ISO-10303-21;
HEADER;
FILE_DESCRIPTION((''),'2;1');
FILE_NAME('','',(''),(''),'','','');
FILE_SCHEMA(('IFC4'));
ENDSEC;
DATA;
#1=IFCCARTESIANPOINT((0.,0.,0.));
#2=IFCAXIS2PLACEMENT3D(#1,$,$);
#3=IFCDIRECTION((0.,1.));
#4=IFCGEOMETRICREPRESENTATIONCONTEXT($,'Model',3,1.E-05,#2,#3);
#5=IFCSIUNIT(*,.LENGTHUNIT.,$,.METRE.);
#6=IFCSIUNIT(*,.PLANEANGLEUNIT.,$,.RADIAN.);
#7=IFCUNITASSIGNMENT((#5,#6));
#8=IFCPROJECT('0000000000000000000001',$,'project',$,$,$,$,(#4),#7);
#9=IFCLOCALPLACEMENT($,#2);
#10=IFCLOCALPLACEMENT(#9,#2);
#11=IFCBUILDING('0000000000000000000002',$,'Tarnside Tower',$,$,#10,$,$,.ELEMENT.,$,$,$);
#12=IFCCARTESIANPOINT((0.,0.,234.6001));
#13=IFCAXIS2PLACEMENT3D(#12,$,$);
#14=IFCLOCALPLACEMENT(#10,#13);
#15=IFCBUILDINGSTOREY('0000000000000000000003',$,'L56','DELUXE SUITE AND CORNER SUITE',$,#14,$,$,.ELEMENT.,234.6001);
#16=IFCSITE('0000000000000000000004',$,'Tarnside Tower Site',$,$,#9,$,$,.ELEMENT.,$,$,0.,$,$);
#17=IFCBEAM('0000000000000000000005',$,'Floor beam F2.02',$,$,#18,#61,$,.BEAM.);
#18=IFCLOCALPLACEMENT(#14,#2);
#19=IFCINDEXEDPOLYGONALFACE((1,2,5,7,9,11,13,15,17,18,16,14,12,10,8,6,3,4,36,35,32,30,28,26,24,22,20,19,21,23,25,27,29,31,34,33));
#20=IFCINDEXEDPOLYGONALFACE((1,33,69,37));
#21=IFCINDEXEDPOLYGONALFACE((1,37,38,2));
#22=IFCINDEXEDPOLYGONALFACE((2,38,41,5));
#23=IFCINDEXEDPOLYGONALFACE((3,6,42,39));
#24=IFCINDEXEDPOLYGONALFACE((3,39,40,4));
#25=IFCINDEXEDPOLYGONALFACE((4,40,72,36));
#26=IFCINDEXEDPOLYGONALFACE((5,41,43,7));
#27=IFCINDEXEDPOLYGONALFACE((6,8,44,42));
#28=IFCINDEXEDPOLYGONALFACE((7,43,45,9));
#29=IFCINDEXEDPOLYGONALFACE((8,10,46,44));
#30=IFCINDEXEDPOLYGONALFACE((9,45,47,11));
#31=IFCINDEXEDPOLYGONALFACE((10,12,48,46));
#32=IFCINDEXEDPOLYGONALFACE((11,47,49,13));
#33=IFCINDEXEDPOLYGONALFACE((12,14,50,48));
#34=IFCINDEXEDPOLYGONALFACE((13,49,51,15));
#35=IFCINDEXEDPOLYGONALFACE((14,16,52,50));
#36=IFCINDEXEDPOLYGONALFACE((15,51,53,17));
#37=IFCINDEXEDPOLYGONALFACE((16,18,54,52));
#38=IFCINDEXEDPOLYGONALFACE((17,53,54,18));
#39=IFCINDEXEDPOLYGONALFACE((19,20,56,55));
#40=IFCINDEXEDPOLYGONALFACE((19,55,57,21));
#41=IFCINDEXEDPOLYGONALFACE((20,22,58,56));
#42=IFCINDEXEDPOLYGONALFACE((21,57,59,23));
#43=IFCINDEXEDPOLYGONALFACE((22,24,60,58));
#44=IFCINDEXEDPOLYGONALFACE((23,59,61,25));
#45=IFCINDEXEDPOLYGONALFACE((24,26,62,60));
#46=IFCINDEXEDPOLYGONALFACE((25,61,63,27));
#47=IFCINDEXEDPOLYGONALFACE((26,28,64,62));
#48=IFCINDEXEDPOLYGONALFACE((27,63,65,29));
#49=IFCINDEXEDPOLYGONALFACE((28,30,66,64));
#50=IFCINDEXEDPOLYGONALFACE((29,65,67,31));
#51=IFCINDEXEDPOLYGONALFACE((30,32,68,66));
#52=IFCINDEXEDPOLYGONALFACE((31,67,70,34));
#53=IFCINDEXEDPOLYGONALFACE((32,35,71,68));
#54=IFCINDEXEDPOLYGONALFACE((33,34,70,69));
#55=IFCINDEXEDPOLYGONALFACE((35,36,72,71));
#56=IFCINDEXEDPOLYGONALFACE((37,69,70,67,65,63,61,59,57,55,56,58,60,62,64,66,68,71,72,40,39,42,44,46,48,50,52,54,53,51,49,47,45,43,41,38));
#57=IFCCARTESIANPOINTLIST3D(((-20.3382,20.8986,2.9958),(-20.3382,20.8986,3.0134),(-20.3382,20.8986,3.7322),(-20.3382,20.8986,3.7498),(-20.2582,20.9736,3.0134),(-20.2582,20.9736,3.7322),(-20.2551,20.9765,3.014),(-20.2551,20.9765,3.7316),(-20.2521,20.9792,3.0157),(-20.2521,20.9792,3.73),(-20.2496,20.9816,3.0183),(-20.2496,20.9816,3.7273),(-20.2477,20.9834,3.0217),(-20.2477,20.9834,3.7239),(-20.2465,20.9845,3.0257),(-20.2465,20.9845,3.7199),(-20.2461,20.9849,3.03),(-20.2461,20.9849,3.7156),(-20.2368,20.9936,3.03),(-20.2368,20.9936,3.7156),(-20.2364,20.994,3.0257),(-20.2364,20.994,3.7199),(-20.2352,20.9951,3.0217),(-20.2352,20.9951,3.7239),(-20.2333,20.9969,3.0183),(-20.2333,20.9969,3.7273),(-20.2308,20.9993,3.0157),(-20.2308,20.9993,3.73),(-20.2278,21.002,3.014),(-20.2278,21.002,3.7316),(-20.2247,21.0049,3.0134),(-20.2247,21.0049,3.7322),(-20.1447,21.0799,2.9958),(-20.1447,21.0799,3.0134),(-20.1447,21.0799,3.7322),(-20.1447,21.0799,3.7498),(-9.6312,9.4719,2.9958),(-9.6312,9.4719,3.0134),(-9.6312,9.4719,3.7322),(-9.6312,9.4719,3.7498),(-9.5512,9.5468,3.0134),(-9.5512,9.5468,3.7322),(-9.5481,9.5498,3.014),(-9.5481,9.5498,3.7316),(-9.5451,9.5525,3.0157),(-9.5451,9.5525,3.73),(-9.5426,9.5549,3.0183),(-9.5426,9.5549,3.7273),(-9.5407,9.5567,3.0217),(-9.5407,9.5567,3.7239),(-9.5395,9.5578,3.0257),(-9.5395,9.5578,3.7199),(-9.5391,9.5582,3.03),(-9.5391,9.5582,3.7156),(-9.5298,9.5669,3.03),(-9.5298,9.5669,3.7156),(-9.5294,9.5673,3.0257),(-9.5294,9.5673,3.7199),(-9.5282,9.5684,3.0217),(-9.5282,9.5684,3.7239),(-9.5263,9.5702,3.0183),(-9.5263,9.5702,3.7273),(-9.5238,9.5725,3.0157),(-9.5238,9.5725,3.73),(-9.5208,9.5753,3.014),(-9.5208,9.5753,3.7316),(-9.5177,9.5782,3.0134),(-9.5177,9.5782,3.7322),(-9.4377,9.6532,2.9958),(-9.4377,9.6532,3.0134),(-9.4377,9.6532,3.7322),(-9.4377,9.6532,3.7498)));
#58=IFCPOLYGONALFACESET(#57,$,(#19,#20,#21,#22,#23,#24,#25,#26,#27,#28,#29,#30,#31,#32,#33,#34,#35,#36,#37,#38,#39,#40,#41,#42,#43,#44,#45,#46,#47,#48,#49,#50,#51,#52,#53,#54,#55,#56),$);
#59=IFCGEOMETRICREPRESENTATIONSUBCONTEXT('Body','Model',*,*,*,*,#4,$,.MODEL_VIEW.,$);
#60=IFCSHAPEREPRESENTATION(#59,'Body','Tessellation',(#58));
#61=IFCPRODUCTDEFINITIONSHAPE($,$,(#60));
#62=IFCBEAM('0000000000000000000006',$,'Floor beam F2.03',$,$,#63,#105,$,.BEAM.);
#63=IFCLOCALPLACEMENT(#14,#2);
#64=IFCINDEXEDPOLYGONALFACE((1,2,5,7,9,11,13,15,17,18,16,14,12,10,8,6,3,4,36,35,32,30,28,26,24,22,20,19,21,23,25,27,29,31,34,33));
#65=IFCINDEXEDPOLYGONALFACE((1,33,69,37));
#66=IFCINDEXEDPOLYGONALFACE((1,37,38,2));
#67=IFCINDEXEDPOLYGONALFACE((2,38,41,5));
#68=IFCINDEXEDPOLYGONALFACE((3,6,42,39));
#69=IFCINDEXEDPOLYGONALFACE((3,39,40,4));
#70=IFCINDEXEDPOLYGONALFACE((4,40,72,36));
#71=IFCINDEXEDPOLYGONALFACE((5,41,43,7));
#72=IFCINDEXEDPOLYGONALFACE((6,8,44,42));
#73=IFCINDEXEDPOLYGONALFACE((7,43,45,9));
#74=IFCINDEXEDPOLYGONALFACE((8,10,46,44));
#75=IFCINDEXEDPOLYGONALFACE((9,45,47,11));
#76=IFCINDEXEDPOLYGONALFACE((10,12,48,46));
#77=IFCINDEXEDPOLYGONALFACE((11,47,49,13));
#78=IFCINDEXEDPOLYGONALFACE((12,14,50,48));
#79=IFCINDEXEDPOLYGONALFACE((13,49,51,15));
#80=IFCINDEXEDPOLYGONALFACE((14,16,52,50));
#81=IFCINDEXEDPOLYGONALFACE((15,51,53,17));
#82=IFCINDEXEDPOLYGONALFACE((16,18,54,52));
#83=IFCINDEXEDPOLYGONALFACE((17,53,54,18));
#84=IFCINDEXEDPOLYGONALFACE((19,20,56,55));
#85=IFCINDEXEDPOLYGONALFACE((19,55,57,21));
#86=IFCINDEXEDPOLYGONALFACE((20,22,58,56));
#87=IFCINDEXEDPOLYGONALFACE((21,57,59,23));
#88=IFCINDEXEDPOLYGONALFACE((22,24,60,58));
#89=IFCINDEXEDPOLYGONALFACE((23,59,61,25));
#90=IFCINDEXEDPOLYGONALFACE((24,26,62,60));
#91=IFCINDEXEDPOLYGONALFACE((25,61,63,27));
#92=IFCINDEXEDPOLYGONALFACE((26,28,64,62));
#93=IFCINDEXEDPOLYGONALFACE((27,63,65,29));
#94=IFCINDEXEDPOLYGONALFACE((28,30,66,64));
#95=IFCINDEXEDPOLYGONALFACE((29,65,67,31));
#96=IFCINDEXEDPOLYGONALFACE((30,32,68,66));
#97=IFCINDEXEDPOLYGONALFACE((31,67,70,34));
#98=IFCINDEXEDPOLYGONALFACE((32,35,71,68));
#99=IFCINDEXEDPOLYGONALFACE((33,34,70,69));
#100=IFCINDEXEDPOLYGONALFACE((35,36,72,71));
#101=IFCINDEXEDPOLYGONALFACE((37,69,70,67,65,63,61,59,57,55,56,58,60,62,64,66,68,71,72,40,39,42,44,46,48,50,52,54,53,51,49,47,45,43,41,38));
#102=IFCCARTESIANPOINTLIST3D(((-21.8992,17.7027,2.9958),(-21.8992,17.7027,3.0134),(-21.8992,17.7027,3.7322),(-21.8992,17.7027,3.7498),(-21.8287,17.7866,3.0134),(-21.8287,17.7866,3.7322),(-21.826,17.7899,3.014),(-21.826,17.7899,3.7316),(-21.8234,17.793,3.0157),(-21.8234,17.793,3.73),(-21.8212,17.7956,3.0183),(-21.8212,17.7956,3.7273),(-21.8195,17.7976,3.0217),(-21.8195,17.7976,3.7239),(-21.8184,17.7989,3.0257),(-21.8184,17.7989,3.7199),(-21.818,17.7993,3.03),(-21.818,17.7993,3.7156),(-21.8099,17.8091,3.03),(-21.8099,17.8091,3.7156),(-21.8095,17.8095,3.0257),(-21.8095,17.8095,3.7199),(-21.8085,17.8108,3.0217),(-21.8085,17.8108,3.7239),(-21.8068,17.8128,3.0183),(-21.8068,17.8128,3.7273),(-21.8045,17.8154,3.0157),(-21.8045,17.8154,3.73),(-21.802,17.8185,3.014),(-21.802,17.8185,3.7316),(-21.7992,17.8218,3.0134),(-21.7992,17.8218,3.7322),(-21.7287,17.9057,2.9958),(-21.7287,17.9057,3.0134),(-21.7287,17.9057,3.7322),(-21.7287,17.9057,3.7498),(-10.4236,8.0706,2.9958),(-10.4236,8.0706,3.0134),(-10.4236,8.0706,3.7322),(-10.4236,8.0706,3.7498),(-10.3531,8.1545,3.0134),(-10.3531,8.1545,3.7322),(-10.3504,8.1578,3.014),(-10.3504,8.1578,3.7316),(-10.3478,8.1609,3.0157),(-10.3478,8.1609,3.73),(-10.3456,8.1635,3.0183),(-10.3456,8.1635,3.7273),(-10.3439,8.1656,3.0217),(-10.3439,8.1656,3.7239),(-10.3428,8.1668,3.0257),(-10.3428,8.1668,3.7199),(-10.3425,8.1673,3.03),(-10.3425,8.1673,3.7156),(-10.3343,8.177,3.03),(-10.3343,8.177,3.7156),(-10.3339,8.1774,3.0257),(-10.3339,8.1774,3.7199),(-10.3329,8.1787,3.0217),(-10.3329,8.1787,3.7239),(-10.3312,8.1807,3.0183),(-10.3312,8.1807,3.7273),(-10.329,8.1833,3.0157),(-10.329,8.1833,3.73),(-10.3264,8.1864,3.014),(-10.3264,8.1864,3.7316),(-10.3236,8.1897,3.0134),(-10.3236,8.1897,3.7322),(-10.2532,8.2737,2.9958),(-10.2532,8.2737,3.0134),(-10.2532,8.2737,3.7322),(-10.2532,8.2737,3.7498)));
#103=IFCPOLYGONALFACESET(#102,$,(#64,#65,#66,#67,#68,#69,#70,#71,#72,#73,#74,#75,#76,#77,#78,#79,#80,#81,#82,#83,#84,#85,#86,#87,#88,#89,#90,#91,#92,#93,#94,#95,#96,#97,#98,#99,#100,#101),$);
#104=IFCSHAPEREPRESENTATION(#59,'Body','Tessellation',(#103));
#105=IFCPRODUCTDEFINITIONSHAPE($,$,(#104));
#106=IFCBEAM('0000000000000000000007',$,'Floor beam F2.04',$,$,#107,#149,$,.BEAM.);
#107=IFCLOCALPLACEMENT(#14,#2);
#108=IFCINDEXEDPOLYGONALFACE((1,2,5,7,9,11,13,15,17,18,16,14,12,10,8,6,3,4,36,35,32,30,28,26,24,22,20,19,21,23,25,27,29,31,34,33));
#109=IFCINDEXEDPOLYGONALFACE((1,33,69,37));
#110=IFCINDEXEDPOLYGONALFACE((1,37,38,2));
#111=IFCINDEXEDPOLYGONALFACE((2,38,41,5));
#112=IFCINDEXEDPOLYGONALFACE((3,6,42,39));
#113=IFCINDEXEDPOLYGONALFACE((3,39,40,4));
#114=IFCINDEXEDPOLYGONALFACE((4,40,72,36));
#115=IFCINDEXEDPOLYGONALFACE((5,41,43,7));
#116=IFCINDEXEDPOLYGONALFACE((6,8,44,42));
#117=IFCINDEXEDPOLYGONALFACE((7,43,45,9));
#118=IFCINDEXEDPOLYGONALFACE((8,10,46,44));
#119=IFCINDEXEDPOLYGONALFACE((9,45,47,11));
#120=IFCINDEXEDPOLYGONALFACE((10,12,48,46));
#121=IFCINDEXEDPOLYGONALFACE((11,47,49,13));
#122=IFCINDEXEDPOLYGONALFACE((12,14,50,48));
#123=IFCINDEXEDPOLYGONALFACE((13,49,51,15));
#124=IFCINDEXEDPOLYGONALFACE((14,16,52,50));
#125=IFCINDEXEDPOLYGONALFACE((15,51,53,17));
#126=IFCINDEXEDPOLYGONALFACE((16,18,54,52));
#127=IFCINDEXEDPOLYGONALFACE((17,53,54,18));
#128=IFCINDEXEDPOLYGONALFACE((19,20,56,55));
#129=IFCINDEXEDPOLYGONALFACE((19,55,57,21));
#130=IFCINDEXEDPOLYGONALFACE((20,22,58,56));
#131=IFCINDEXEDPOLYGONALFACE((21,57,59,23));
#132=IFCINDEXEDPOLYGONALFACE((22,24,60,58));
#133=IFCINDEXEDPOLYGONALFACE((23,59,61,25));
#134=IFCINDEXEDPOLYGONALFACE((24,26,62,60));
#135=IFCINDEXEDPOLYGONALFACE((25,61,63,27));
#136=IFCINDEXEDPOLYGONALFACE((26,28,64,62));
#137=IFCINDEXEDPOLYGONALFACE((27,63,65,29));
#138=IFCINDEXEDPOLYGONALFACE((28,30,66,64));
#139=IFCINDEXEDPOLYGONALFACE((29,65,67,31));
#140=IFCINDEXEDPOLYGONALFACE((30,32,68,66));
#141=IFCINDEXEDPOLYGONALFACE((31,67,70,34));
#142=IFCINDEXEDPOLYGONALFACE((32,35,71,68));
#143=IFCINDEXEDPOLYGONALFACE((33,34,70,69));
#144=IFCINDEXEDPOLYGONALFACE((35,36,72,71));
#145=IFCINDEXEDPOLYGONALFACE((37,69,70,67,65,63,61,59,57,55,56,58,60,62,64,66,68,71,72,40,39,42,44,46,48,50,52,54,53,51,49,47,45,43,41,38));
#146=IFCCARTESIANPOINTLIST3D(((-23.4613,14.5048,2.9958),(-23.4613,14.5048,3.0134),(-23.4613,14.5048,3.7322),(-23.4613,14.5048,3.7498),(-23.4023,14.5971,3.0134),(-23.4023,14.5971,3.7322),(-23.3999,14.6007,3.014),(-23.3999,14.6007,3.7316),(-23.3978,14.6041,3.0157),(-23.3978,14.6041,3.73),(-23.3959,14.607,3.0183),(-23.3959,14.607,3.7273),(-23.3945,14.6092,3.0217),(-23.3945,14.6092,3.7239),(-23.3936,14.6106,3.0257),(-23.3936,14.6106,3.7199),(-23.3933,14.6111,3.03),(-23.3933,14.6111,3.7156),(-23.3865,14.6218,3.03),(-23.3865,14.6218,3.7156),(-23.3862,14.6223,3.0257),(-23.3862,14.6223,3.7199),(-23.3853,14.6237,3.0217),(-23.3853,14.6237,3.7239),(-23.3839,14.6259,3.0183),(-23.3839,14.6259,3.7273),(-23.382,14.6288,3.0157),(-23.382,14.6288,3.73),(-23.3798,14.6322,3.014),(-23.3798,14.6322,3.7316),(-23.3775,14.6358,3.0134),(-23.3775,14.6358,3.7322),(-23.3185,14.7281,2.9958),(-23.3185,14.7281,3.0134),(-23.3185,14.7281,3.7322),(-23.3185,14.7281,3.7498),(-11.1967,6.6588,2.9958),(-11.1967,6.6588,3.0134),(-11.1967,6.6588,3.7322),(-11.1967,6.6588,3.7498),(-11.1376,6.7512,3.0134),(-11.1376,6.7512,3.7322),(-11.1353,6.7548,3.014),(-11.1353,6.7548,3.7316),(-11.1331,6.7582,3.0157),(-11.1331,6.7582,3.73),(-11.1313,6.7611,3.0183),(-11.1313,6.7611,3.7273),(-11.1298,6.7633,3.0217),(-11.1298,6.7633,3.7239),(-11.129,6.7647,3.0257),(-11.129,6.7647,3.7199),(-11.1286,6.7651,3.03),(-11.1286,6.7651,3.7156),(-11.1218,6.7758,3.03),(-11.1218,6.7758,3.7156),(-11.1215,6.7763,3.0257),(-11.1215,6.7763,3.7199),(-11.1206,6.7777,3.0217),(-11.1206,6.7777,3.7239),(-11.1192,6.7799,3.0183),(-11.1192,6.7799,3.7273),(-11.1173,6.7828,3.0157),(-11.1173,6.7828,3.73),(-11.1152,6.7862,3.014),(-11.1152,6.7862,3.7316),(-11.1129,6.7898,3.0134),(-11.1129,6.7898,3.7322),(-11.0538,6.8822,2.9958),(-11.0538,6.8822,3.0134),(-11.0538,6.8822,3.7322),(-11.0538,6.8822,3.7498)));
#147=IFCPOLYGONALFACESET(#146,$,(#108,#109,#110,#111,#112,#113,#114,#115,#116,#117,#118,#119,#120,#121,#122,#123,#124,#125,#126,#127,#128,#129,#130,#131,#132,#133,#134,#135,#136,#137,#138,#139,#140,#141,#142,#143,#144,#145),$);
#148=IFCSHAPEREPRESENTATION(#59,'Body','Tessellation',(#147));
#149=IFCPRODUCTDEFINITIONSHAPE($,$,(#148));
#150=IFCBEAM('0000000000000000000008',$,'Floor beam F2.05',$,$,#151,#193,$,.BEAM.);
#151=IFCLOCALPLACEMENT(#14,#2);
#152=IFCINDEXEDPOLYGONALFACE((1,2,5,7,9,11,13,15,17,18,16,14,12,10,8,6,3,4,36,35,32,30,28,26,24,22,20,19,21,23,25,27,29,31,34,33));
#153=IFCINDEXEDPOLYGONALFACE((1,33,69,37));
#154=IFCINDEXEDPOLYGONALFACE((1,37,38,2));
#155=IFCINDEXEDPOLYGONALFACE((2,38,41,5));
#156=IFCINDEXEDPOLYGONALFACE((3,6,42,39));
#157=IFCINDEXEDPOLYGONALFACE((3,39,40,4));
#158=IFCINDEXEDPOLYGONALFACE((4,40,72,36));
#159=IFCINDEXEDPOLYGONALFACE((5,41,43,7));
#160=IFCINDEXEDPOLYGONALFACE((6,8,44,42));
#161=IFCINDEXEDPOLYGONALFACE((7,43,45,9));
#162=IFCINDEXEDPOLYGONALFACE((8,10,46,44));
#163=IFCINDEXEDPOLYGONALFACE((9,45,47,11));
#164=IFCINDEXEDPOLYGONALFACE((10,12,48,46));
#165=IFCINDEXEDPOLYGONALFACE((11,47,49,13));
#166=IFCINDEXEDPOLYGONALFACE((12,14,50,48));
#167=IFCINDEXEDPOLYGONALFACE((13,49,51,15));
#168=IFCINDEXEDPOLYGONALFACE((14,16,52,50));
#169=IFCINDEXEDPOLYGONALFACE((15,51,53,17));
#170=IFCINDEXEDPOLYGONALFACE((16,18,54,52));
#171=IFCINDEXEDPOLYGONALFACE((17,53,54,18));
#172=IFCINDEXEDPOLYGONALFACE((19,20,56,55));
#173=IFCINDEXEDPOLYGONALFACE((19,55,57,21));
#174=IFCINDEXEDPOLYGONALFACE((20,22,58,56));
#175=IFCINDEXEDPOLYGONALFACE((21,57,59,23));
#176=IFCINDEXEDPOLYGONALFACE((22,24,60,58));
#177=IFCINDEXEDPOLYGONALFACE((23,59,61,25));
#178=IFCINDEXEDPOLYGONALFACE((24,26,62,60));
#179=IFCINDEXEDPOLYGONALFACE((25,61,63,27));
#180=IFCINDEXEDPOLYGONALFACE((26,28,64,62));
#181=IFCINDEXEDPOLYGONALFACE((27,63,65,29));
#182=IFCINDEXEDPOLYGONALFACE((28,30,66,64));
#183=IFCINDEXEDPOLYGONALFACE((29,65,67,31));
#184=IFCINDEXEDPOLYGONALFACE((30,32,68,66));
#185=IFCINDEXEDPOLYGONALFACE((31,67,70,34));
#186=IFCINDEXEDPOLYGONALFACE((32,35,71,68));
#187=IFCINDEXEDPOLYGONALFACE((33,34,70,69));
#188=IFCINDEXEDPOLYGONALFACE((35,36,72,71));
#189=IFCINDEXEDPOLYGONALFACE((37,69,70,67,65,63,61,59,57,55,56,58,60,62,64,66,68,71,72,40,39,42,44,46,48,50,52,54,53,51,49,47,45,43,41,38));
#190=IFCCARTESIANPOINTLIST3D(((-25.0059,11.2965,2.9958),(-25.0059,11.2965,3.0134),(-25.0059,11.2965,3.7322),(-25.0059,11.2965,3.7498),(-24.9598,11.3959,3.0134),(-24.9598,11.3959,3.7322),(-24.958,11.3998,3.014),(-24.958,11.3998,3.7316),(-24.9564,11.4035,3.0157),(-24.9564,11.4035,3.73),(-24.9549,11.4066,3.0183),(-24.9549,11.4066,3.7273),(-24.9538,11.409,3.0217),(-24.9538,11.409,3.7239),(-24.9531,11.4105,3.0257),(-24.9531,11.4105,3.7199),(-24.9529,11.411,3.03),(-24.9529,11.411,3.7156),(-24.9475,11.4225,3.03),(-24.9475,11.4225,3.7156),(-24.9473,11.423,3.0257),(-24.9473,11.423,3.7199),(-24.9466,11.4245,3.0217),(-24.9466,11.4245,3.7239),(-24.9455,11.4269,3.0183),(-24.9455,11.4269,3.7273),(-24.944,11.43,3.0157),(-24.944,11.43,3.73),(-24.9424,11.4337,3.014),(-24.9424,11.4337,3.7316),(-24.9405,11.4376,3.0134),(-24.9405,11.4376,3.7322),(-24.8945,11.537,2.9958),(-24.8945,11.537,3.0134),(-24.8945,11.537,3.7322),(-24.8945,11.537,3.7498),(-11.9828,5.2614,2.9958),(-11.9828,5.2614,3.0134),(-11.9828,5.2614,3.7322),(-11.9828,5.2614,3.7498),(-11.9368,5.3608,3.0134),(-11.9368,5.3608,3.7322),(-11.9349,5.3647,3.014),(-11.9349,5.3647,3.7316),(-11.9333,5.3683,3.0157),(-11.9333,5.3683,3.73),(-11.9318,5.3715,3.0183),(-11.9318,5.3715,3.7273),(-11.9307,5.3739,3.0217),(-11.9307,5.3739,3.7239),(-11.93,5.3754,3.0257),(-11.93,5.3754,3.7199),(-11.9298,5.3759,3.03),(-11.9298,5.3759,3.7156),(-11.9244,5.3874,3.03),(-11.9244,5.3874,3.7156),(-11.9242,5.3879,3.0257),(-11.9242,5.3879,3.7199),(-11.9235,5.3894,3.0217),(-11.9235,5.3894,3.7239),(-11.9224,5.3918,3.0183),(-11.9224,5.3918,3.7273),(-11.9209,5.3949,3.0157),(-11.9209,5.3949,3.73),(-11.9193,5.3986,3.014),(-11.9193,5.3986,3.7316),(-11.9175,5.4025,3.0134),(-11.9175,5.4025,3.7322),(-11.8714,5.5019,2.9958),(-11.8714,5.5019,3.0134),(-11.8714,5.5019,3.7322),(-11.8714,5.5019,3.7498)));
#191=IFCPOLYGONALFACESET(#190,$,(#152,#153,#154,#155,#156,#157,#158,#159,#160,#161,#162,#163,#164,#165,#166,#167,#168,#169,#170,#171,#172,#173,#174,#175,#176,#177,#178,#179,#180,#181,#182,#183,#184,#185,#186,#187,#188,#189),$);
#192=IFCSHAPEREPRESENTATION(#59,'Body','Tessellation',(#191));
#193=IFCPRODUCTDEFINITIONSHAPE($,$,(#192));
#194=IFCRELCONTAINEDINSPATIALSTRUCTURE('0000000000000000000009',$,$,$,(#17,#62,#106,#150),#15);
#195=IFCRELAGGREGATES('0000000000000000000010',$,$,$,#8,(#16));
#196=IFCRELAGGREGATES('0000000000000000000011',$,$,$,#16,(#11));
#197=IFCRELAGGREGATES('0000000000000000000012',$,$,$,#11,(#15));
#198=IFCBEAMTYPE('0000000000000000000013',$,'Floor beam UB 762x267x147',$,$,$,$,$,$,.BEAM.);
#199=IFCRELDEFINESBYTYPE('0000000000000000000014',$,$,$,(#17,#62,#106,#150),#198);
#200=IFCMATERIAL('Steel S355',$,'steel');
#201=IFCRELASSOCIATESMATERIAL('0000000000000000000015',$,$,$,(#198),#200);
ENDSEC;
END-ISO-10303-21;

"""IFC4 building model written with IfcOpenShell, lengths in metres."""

from ifc_helpers import new_model, si_unit, direction, frame, origin, origin_2d, place, context, subcontext, project, spatial, i_section, extrude, material, material_profile, profile_set, type_object, element, save


model = new_model("IFC4")

# Units and contexts
model_context = context("Model", 3, precision=1e-05, world=origin(), true_north=direction((0.0, 1.0)))
body_context = subcontext(model_context, "Body", "Model", "MODEL_VIEW")
ifc_project = project(units=[si_unit("LENGTHUNIT", "METRE"), si_unit("PLANEANGLEUNIT", "RADIAN")], contexts=[model_context])

# Site, building, storey
site_placement = place(None, origin())
site = spatial("IfcSite", under=ifc_project, at=site_placement, Name="Tarnside Tower Site", CompositionType="ELEMENT", RefElevation=0.0)
building_placement = place(site_placement, origin())
building = spatial("IfcBuilding", under=site, at=building_placement, Name="Tarnside Tower", CompositionType="ELEMENT")
storey_placement = place(building_placement, frame((0.0, 0.0, 234.6001)))
storey = spatial("IfcBuildingStorey", under=building, at=storey_placement, Name="L56", Description="DELUXE SUITE AND CORNER SUITE", CompositionType="ELEMENT", Elevation=234.6001)

# Beams
ifc_material_1 = material(Name="Steel S355", Category="steel")
ifc_material_profile_1 = material_profile(ifc_material_1, i_section(OverallWidth=0.2651, OverallDepth=0.7539, WebThickness=0.0127, FlangeThickness=0.0176, FilletRadius=0.0166, at=origin_2d()), Name="UB 762x267x147")
ifc_profile_set_1 = profile_set([ifc_material_profile_1], Name="Steel S355")
beam_type_1 = type_object("IfcBeamType", Name="Floor beam UB 762x267x147", PredefinedType="BEAM", material=ifc_profile_set_1)
beam_1_placement = place(storey_placement, frame((-20.2415, 20.9893, 3.3728), z_axis=(0.683752, -0.729714, 0.0), x_axis=(0.729714, 0.683752, 0.0)))
element("IfcBeam", 1, at=beam_1_placement, inside=storey, type_object=beam_type_1, Name="Floor beam F2.02", PredefinedType="BEAM", context=body_context, shape_type="SweptSolid", body=[
    extrude(i_section(OverallWidth=0.2651, OverallDepth=0.7539, WebThickness=0.0127, FlangeThickness=0.0176, FilletRadius=0.0166, at=origin_2d()), origin(), (0.0, 0.0, 1.0), 15.6592),
])
beam_2_placement = place(storey_placement, frame((-21.814, 17.8042, 3.3728), z_axis=(0.765948, -0.642902, 0.0), x_axis=(0.642902, 0.765948, 0.0)))
element("IfcBeam", 2, at=beam_2_placement, inside=storey, type_object=beam_type_1, Name="Floor beam F2.03", PredefinedType="BEAM", context=body_context, shape_type="SweptSolid", body=[
    extrude(i_section(OverallWidth=0.2651, OverallDepth=0.7539, WebThickness=0.0127, FlangeThickness=0.0176, FilletRadius=0.0166, at=origin_2d()), origin(), (0.0, 0.0, 1.0), 14.9822),
])
beam_3_placement = place(storey_placement, frame((-23.3899, 14.6165, 3.3728), z_axis=(0.842378, -0.538887, 0.0), x_axis=(0.538887, 0.842378, 0.0)))
element("IfcBeam", 3, at=beam_3_placement, inside=storey, type_object=beam_type_1, Name="Floor beam F2.04", PredefinedType="BEAM", context=body_context, shape_type="SweptSolid", body=[
    extrude(i_section(OverallWidth=0.2651, OverallDepth=0.7539, WebThickness=0.0127, FlangeThickness=0.0176, FilletRadius=0.0166, at=origin_2d()), origin(), (0.0, 0.0, 1.0), 14.5596),
])
beam_4_placement = place(storey_placement, frame((-24.9502, 11.4167, 3.3728), z_axis=(0.90731, -0.420462, 0.0), x_axis=(0.420462, 0.90731, 0.0)))
element("IfcBeam", 4, at=beam_4_placement, inside=storey, type_object=beam_type_1, Name="Floor beam F2.05", PredefinedType="BEAM", context=body_context, shape_type="SweptSolid", body=[
    extrude(i_section(OverallWidth=0.2651, OverallDepth=0.7539, WebThickness=0.0127, FlangeThickness=0.0176, FilletRadius=0.0166, at=origin_2d()), origin(), (0.0, 0.0, 1.0), 14.3535),
])

save(model, "model.ifc")
